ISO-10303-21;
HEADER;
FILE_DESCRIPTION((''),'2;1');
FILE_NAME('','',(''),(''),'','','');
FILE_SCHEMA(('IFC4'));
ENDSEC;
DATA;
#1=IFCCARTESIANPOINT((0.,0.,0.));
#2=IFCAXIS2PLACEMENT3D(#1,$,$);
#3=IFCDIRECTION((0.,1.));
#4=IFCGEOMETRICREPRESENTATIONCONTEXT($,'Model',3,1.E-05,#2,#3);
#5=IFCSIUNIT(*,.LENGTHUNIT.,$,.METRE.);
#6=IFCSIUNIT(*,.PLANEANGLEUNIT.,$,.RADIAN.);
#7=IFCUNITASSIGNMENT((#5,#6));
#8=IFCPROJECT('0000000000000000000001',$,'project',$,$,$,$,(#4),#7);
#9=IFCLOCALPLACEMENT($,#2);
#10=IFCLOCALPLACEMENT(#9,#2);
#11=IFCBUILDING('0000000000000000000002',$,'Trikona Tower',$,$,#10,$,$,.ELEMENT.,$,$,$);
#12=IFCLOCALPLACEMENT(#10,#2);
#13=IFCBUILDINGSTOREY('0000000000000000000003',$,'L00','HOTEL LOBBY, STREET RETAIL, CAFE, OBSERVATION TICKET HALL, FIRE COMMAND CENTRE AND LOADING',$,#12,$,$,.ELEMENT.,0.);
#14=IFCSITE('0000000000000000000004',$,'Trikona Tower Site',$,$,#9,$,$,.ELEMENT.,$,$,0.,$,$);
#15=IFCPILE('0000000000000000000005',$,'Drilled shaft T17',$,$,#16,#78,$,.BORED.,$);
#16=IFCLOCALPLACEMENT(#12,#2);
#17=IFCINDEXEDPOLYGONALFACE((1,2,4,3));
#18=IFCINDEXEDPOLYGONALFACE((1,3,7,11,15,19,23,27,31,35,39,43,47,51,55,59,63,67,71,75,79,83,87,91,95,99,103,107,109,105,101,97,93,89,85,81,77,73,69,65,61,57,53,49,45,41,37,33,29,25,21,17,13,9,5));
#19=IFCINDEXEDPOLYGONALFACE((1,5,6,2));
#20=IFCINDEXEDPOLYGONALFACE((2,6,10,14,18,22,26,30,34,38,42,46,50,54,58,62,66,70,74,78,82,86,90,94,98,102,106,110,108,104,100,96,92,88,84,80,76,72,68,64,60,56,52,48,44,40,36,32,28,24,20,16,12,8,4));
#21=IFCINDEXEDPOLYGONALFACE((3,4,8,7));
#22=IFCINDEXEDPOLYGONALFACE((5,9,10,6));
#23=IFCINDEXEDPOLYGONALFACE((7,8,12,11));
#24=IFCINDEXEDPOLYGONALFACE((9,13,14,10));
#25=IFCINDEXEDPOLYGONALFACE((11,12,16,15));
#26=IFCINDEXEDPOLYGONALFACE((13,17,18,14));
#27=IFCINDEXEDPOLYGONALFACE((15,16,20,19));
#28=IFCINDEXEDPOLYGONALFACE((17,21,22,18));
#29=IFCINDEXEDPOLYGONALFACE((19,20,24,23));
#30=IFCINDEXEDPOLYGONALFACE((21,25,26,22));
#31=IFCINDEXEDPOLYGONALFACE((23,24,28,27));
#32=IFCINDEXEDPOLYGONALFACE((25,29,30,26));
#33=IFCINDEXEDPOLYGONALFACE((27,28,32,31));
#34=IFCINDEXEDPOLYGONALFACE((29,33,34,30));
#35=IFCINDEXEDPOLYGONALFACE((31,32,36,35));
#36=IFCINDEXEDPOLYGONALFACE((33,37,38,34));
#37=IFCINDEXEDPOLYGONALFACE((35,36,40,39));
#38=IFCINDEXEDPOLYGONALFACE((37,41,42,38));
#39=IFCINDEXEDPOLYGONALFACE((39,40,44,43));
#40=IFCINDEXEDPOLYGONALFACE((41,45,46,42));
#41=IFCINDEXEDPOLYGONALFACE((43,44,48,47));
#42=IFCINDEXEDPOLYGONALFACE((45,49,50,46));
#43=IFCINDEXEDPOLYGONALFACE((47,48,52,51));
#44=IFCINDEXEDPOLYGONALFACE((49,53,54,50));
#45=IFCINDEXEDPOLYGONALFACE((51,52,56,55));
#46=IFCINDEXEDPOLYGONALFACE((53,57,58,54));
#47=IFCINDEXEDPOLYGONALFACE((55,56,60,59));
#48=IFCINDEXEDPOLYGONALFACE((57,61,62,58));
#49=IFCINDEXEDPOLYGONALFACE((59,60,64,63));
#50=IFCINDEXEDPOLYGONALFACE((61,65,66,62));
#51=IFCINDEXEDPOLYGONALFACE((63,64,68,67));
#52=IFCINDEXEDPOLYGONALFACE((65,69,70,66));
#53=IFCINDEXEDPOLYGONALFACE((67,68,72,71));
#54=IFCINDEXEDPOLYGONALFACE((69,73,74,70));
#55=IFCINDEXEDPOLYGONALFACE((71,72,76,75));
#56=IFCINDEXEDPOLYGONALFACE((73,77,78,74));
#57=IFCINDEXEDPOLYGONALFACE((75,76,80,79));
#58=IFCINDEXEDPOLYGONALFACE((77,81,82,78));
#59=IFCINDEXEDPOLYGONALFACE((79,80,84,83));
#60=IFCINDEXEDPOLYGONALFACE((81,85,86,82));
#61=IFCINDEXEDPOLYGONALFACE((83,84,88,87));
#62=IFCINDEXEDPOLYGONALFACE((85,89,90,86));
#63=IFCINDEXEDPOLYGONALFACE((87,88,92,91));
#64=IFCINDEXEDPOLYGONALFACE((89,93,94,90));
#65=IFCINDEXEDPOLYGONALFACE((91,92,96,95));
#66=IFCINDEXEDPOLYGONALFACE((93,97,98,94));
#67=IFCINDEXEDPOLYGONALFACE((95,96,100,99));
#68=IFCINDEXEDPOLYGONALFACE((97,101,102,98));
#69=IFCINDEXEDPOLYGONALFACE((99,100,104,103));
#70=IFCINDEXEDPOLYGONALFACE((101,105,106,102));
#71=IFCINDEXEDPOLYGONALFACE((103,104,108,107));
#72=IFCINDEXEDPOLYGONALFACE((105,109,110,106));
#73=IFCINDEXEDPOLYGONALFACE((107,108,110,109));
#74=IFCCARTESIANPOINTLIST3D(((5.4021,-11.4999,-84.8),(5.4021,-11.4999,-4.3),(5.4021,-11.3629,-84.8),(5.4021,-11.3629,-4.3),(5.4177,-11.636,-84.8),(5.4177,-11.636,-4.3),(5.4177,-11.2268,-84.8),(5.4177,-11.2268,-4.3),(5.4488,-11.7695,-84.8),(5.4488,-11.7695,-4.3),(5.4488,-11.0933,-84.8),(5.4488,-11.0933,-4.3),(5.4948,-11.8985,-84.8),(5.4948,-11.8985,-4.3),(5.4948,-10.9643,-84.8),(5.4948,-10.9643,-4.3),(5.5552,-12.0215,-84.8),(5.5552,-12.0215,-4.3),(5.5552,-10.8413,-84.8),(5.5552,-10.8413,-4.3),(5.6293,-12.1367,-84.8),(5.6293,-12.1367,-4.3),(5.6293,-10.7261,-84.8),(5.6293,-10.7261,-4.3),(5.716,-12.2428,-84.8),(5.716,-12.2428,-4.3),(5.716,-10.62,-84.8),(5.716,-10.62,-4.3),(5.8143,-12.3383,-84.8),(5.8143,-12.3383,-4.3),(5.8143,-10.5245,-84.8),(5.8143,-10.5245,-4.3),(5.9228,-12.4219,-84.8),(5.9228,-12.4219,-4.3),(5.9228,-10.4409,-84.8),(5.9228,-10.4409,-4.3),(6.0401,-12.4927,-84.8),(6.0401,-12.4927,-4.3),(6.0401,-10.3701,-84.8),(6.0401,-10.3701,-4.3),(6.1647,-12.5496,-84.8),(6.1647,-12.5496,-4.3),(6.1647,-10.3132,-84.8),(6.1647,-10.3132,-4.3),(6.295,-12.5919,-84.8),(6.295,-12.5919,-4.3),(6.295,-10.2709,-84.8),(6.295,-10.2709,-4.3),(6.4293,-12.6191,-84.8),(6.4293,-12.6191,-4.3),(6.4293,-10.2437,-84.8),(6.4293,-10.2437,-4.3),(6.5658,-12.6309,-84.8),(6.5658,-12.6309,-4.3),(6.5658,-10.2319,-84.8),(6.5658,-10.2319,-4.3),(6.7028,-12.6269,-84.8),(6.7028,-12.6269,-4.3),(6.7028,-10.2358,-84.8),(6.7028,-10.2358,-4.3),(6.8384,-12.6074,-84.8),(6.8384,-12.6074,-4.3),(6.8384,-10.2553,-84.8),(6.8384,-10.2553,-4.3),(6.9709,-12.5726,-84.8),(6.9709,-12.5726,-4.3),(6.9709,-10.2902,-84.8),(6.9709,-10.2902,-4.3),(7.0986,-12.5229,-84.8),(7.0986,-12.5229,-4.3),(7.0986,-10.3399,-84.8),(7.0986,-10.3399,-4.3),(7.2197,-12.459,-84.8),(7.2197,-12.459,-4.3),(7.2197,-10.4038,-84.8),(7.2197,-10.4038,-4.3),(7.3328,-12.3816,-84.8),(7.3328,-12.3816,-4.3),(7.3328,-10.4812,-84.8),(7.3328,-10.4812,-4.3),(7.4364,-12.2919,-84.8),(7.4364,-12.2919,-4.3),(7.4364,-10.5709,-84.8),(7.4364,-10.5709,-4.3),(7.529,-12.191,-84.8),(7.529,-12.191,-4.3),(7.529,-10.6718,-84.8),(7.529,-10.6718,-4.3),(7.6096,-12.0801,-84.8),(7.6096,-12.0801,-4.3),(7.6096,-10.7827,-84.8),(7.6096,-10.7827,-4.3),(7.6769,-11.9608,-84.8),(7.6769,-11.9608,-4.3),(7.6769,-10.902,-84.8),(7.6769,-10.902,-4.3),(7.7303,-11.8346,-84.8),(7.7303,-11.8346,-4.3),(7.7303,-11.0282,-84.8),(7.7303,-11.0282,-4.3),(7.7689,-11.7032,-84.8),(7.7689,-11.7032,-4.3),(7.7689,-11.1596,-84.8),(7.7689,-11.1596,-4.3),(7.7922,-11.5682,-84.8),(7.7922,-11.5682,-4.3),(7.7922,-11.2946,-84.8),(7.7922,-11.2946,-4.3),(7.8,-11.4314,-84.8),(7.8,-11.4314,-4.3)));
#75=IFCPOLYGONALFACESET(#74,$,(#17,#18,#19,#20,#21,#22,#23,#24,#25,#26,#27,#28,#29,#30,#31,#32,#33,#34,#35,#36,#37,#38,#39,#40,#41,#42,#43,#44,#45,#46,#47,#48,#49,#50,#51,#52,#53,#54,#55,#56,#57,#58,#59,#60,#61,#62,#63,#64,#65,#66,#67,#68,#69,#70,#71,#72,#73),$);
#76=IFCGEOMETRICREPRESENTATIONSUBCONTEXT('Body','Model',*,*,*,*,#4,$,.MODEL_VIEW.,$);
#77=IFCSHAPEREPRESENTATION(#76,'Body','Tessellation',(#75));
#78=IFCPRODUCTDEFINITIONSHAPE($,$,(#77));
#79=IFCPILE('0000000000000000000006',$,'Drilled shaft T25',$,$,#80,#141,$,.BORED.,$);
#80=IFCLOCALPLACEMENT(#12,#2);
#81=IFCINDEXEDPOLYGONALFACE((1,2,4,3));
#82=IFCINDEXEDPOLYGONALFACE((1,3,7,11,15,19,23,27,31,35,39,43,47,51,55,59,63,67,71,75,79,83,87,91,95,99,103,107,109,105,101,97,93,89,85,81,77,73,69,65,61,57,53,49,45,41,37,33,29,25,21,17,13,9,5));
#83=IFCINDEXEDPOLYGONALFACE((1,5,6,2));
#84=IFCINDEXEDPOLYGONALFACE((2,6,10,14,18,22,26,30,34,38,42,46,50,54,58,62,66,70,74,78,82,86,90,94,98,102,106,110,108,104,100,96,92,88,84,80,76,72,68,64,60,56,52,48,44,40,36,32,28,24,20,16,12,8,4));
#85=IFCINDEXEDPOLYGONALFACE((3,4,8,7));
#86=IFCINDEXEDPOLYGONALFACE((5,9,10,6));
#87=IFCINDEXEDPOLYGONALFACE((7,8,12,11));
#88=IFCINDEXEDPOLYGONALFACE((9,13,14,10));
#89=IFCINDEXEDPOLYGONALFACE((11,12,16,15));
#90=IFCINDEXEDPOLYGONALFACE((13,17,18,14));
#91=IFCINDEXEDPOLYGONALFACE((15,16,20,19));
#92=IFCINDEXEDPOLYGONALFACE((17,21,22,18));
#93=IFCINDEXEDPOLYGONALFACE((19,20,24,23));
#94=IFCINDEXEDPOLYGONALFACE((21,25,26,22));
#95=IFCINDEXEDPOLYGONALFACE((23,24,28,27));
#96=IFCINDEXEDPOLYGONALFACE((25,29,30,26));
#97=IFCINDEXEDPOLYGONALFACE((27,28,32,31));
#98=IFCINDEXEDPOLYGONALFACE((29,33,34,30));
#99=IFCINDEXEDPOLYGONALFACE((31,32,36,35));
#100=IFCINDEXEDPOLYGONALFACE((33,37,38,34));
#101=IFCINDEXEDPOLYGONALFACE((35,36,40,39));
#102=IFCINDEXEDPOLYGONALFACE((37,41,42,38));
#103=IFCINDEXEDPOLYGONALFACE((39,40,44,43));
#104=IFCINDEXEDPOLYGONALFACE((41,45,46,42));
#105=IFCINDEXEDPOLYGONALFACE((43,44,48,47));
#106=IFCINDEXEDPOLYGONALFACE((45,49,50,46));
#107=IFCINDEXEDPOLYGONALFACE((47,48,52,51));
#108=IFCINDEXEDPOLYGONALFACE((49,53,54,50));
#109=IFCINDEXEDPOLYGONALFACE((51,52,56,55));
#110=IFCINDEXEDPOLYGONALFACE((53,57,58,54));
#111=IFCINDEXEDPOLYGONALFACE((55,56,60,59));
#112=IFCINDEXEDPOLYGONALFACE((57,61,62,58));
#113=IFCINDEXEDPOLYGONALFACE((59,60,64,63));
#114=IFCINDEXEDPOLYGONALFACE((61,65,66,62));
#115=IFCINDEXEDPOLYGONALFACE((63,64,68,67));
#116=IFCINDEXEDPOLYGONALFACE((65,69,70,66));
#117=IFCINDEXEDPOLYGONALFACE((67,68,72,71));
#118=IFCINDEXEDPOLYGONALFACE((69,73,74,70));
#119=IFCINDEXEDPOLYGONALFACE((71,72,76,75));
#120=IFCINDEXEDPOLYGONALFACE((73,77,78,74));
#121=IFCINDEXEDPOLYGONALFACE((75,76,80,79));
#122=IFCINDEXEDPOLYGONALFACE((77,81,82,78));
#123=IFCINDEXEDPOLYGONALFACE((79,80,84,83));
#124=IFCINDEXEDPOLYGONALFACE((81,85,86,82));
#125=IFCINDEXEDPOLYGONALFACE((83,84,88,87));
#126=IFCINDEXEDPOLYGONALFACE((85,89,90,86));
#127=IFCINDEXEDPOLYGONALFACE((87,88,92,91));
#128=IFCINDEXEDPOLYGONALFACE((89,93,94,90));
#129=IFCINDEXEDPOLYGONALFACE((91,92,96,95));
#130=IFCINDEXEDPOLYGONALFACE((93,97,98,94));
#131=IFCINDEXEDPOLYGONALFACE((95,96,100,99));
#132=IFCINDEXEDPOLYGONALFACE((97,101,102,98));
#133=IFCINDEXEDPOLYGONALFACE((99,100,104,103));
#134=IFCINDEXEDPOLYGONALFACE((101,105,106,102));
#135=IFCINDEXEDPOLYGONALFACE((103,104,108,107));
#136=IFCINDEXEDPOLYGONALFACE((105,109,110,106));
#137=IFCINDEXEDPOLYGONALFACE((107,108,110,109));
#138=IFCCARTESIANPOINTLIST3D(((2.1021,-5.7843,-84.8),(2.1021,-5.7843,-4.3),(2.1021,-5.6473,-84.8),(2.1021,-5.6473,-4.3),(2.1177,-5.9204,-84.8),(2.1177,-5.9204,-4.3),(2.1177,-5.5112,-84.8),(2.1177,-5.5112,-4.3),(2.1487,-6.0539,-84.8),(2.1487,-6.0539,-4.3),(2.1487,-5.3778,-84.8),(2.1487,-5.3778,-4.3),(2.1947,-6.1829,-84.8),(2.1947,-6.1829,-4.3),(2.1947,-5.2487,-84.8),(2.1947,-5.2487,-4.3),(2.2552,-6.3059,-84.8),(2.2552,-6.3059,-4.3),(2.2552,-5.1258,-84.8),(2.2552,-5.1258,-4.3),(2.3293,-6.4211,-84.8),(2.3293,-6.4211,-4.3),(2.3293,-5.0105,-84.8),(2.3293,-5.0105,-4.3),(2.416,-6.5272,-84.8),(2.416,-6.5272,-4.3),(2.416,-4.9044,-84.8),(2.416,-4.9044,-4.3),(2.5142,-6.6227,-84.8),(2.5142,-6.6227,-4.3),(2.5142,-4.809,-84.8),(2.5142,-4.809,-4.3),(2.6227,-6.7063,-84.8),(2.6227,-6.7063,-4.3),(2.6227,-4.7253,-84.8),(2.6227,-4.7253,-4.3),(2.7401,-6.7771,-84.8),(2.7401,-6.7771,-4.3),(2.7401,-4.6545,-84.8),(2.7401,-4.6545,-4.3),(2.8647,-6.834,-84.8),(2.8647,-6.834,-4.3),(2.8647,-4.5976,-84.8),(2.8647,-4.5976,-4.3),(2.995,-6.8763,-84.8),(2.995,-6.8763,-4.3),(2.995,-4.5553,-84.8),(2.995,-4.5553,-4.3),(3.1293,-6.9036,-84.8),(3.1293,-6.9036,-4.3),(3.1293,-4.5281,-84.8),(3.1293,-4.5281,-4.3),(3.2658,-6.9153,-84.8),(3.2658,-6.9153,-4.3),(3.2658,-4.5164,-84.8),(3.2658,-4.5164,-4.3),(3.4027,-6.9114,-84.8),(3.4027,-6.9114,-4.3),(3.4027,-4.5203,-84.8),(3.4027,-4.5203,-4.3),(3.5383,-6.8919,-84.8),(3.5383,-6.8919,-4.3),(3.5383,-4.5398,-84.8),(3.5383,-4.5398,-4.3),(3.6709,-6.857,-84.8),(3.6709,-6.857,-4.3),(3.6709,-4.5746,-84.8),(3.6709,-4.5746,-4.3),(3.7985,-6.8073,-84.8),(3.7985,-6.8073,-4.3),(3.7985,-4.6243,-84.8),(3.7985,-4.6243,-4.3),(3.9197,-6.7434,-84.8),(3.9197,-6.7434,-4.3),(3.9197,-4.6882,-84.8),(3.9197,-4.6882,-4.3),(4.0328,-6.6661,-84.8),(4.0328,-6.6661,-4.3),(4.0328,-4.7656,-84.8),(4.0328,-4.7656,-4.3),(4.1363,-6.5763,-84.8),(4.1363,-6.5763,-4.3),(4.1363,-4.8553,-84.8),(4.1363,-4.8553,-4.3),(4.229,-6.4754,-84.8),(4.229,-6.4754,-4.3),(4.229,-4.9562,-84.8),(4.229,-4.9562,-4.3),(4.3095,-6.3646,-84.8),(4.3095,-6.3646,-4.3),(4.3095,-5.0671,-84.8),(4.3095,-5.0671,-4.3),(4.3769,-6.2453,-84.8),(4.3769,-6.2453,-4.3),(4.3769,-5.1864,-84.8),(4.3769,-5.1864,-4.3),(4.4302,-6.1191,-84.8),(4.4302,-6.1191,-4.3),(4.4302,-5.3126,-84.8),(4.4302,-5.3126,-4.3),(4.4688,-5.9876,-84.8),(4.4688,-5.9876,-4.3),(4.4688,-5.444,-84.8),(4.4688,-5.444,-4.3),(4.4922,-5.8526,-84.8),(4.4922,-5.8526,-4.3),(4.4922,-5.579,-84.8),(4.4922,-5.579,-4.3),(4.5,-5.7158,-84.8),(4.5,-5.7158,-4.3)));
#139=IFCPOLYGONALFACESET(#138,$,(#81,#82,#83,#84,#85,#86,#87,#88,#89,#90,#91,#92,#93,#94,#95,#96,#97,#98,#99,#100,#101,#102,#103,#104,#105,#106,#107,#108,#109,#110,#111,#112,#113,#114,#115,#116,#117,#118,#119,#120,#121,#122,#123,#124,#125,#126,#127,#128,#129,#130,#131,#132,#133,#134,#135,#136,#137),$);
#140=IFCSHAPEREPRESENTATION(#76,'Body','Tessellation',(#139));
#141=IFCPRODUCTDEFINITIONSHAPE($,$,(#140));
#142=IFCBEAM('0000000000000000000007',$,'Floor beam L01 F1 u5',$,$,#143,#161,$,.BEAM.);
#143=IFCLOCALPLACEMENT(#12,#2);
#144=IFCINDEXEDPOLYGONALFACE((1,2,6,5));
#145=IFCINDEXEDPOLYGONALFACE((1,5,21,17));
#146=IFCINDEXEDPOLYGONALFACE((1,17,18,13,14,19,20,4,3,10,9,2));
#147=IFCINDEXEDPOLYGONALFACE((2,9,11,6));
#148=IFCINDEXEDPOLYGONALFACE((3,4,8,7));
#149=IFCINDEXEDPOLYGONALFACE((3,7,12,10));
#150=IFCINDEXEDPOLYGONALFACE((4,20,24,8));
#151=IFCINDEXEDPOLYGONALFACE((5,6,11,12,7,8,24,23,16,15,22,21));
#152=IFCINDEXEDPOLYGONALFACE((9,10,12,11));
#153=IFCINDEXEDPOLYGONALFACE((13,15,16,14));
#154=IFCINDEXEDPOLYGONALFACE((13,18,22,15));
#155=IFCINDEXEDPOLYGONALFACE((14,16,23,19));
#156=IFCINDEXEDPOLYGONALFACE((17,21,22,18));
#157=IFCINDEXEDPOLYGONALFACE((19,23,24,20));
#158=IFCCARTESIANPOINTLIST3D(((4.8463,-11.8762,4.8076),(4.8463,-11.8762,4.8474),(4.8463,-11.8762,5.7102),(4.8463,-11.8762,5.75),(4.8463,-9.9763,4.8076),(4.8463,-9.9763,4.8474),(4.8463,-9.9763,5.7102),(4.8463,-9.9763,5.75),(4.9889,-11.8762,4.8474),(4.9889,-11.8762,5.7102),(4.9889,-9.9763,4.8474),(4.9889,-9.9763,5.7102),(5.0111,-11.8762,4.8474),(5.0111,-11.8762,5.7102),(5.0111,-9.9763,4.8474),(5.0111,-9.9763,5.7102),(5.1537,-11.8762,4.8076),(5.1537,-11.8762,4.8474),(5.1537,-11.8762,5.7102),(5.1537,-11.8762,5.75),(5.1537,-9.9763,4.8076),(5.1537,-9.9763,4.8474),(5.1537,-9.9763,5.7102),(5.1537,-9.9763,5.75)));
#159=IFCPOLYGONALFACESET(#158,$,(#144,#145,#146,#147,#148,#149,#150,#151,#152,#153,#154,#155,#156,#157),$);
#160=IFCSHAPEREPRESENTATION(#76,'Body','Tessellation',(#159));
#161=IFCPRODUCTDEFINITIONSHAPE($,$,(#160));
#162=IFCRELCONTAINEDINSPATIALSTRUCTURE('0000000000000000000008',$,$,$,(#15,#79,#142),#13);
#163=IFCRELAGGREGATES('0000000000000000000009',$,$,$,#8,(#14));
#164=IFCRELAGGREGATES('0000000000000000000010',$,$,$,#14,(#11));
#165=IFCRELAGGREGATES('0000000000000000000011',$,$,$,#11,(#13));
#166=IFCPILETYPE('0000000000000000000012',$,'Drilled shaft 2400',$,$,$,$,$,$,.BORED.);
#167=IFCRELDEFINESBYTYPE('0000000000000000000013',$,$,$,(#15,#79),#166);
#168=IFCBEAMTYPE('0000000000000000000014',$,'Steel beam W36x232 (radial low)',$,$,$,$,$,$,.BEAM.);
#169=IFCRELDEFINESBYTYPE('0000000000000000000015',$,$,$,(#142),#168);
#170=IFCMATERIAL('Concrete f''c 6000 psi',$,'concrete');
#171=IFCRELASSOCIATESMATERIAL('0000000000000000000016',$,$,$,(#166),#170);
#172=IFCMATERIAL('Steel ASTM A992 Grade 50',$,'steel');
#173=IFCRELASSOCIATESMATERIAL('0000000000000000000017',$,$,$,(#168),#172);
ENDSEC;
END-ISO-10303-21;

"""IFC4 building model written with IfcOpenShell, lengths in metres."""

from ifc_helpers import new_model, si_unit, direction, frame, origin, origin_2d, place, context, subcontext, project, spatial, circle, i_section, extrude, material, material_profile, profile_set, type_object, element, save


model = new_model("IFC4")

# Units and contexts
model_context = context("Model", 3, precision=1e-05, world=origin(), true_north=direction((0.0, 1.0)))
body_context = subcontext(model_context, "Body", "Model", "MODEL_VIEW")
ifc_project = project(units=[si_unit("LENGTHUNIT", "METRE"), si_unit("PLANEANGLEUNIT", "RADIAN")], contexts=[model_context])

# Site, building, storey
site_placement = place(None, origin())
site = spatial("IfcSite", under=ifc_project, at=site_placement, Name="Trikona Tower Site", CompositionType="ELEMENT", RefElevation=0.0)
building_placement = place(site_placement, origin())
building = spatial("IfcBuilding", under=site, at=building_placement, Name="Trikona Tower", CompositionType="ELEMENT")
storey_placement = place(building_placement, origin())
storey = spatial("IfcBuildingStorey", under=building, at=storey_placement, Name="L00", Description="HOTEL LOBBY, STREET RETAIL, CAFE, OBSERVATION TICKET HALL, FIRE COMMAND CENTRE AND LOADING", CompositionType="ELEMENT", Elevation=0.0)

# Piles
ifc_material_1 = material(Name="Concrete f'c 6000 psi", Category="concrete")
pile_type = type_object("IfcPileType", Name="Drilled shaft 2400", PredefinedType="BORED", material=ifc_material_1)
for number, where, z_axis, x_axis, name in (
    (1, (6.6001, -11.4314, -4.3), (0.0, 0.0, -1.0), (1.0, 0.0, 0.0), "Drilled shaft T17"),
    (2, (3.3, -5.7158, -4.3), (0.0, 0.0, -1.0), (1.0, 0.0, 0.0), "Drilled shaft T25"),
):
    element("IfcPile", number, at=place(storey_placement, frame(where, z_axis=z_axis, x_axis=x_axis)), inside=storey, type_object=pile_type, Name=name, PredefinedType="BORED", context=body_context, shape_type="SweptSolid", body=[
        extrude(circle(Radius=1.2, at=origin_2d()), origin(), (0.0, 0.0, 1.0), 80.5),
    ])

# Beam
ifc_material_2 = material(Name="Steel ASTM A992 Grade 50", Category="steel")
ifc_material_profile = material_profile(ifc_material_2, i_section(OverallWidth=0.3074, OverallDepth=0.9424, WebThickness=0.0222, FlangeThickness=0.0398, at=origin_2d()), Name="W36X232")
ifc_profile_set = profile_set([ifc_material_profile], Name="Steel ASTM A992 Grade 50")
beam_type = type_object("IfcBeamType", Name="Steel beam W36x232 (radial low)", PredefinedType="BEAM", material=ifc_profile_set)
beam_placement = place(storey_placement, frame((5.0, -9.9763, 5.2788), z_axis=(0.0, -1.0, 0.0), x_axis=(1.0, 0.0, 0.0)))
element("IfcBeam", 3, at=beam_placement, inside=storey, type_object=beam_type, Name="Floor beam L01 F1 u5", PredefinedType="BEAM", context=body_context, shape_type="SweptSolid", body=[
    extrude(i_section(OverallWidth=0.3074, OverallDepth=0.9424, WebThickness=0.0222, FlangeThickness=0.0398, at=origin_2d()), origin(), (0.0, 0.0, 1.0), 1.8999),
])

save(model, "model.ifc")
